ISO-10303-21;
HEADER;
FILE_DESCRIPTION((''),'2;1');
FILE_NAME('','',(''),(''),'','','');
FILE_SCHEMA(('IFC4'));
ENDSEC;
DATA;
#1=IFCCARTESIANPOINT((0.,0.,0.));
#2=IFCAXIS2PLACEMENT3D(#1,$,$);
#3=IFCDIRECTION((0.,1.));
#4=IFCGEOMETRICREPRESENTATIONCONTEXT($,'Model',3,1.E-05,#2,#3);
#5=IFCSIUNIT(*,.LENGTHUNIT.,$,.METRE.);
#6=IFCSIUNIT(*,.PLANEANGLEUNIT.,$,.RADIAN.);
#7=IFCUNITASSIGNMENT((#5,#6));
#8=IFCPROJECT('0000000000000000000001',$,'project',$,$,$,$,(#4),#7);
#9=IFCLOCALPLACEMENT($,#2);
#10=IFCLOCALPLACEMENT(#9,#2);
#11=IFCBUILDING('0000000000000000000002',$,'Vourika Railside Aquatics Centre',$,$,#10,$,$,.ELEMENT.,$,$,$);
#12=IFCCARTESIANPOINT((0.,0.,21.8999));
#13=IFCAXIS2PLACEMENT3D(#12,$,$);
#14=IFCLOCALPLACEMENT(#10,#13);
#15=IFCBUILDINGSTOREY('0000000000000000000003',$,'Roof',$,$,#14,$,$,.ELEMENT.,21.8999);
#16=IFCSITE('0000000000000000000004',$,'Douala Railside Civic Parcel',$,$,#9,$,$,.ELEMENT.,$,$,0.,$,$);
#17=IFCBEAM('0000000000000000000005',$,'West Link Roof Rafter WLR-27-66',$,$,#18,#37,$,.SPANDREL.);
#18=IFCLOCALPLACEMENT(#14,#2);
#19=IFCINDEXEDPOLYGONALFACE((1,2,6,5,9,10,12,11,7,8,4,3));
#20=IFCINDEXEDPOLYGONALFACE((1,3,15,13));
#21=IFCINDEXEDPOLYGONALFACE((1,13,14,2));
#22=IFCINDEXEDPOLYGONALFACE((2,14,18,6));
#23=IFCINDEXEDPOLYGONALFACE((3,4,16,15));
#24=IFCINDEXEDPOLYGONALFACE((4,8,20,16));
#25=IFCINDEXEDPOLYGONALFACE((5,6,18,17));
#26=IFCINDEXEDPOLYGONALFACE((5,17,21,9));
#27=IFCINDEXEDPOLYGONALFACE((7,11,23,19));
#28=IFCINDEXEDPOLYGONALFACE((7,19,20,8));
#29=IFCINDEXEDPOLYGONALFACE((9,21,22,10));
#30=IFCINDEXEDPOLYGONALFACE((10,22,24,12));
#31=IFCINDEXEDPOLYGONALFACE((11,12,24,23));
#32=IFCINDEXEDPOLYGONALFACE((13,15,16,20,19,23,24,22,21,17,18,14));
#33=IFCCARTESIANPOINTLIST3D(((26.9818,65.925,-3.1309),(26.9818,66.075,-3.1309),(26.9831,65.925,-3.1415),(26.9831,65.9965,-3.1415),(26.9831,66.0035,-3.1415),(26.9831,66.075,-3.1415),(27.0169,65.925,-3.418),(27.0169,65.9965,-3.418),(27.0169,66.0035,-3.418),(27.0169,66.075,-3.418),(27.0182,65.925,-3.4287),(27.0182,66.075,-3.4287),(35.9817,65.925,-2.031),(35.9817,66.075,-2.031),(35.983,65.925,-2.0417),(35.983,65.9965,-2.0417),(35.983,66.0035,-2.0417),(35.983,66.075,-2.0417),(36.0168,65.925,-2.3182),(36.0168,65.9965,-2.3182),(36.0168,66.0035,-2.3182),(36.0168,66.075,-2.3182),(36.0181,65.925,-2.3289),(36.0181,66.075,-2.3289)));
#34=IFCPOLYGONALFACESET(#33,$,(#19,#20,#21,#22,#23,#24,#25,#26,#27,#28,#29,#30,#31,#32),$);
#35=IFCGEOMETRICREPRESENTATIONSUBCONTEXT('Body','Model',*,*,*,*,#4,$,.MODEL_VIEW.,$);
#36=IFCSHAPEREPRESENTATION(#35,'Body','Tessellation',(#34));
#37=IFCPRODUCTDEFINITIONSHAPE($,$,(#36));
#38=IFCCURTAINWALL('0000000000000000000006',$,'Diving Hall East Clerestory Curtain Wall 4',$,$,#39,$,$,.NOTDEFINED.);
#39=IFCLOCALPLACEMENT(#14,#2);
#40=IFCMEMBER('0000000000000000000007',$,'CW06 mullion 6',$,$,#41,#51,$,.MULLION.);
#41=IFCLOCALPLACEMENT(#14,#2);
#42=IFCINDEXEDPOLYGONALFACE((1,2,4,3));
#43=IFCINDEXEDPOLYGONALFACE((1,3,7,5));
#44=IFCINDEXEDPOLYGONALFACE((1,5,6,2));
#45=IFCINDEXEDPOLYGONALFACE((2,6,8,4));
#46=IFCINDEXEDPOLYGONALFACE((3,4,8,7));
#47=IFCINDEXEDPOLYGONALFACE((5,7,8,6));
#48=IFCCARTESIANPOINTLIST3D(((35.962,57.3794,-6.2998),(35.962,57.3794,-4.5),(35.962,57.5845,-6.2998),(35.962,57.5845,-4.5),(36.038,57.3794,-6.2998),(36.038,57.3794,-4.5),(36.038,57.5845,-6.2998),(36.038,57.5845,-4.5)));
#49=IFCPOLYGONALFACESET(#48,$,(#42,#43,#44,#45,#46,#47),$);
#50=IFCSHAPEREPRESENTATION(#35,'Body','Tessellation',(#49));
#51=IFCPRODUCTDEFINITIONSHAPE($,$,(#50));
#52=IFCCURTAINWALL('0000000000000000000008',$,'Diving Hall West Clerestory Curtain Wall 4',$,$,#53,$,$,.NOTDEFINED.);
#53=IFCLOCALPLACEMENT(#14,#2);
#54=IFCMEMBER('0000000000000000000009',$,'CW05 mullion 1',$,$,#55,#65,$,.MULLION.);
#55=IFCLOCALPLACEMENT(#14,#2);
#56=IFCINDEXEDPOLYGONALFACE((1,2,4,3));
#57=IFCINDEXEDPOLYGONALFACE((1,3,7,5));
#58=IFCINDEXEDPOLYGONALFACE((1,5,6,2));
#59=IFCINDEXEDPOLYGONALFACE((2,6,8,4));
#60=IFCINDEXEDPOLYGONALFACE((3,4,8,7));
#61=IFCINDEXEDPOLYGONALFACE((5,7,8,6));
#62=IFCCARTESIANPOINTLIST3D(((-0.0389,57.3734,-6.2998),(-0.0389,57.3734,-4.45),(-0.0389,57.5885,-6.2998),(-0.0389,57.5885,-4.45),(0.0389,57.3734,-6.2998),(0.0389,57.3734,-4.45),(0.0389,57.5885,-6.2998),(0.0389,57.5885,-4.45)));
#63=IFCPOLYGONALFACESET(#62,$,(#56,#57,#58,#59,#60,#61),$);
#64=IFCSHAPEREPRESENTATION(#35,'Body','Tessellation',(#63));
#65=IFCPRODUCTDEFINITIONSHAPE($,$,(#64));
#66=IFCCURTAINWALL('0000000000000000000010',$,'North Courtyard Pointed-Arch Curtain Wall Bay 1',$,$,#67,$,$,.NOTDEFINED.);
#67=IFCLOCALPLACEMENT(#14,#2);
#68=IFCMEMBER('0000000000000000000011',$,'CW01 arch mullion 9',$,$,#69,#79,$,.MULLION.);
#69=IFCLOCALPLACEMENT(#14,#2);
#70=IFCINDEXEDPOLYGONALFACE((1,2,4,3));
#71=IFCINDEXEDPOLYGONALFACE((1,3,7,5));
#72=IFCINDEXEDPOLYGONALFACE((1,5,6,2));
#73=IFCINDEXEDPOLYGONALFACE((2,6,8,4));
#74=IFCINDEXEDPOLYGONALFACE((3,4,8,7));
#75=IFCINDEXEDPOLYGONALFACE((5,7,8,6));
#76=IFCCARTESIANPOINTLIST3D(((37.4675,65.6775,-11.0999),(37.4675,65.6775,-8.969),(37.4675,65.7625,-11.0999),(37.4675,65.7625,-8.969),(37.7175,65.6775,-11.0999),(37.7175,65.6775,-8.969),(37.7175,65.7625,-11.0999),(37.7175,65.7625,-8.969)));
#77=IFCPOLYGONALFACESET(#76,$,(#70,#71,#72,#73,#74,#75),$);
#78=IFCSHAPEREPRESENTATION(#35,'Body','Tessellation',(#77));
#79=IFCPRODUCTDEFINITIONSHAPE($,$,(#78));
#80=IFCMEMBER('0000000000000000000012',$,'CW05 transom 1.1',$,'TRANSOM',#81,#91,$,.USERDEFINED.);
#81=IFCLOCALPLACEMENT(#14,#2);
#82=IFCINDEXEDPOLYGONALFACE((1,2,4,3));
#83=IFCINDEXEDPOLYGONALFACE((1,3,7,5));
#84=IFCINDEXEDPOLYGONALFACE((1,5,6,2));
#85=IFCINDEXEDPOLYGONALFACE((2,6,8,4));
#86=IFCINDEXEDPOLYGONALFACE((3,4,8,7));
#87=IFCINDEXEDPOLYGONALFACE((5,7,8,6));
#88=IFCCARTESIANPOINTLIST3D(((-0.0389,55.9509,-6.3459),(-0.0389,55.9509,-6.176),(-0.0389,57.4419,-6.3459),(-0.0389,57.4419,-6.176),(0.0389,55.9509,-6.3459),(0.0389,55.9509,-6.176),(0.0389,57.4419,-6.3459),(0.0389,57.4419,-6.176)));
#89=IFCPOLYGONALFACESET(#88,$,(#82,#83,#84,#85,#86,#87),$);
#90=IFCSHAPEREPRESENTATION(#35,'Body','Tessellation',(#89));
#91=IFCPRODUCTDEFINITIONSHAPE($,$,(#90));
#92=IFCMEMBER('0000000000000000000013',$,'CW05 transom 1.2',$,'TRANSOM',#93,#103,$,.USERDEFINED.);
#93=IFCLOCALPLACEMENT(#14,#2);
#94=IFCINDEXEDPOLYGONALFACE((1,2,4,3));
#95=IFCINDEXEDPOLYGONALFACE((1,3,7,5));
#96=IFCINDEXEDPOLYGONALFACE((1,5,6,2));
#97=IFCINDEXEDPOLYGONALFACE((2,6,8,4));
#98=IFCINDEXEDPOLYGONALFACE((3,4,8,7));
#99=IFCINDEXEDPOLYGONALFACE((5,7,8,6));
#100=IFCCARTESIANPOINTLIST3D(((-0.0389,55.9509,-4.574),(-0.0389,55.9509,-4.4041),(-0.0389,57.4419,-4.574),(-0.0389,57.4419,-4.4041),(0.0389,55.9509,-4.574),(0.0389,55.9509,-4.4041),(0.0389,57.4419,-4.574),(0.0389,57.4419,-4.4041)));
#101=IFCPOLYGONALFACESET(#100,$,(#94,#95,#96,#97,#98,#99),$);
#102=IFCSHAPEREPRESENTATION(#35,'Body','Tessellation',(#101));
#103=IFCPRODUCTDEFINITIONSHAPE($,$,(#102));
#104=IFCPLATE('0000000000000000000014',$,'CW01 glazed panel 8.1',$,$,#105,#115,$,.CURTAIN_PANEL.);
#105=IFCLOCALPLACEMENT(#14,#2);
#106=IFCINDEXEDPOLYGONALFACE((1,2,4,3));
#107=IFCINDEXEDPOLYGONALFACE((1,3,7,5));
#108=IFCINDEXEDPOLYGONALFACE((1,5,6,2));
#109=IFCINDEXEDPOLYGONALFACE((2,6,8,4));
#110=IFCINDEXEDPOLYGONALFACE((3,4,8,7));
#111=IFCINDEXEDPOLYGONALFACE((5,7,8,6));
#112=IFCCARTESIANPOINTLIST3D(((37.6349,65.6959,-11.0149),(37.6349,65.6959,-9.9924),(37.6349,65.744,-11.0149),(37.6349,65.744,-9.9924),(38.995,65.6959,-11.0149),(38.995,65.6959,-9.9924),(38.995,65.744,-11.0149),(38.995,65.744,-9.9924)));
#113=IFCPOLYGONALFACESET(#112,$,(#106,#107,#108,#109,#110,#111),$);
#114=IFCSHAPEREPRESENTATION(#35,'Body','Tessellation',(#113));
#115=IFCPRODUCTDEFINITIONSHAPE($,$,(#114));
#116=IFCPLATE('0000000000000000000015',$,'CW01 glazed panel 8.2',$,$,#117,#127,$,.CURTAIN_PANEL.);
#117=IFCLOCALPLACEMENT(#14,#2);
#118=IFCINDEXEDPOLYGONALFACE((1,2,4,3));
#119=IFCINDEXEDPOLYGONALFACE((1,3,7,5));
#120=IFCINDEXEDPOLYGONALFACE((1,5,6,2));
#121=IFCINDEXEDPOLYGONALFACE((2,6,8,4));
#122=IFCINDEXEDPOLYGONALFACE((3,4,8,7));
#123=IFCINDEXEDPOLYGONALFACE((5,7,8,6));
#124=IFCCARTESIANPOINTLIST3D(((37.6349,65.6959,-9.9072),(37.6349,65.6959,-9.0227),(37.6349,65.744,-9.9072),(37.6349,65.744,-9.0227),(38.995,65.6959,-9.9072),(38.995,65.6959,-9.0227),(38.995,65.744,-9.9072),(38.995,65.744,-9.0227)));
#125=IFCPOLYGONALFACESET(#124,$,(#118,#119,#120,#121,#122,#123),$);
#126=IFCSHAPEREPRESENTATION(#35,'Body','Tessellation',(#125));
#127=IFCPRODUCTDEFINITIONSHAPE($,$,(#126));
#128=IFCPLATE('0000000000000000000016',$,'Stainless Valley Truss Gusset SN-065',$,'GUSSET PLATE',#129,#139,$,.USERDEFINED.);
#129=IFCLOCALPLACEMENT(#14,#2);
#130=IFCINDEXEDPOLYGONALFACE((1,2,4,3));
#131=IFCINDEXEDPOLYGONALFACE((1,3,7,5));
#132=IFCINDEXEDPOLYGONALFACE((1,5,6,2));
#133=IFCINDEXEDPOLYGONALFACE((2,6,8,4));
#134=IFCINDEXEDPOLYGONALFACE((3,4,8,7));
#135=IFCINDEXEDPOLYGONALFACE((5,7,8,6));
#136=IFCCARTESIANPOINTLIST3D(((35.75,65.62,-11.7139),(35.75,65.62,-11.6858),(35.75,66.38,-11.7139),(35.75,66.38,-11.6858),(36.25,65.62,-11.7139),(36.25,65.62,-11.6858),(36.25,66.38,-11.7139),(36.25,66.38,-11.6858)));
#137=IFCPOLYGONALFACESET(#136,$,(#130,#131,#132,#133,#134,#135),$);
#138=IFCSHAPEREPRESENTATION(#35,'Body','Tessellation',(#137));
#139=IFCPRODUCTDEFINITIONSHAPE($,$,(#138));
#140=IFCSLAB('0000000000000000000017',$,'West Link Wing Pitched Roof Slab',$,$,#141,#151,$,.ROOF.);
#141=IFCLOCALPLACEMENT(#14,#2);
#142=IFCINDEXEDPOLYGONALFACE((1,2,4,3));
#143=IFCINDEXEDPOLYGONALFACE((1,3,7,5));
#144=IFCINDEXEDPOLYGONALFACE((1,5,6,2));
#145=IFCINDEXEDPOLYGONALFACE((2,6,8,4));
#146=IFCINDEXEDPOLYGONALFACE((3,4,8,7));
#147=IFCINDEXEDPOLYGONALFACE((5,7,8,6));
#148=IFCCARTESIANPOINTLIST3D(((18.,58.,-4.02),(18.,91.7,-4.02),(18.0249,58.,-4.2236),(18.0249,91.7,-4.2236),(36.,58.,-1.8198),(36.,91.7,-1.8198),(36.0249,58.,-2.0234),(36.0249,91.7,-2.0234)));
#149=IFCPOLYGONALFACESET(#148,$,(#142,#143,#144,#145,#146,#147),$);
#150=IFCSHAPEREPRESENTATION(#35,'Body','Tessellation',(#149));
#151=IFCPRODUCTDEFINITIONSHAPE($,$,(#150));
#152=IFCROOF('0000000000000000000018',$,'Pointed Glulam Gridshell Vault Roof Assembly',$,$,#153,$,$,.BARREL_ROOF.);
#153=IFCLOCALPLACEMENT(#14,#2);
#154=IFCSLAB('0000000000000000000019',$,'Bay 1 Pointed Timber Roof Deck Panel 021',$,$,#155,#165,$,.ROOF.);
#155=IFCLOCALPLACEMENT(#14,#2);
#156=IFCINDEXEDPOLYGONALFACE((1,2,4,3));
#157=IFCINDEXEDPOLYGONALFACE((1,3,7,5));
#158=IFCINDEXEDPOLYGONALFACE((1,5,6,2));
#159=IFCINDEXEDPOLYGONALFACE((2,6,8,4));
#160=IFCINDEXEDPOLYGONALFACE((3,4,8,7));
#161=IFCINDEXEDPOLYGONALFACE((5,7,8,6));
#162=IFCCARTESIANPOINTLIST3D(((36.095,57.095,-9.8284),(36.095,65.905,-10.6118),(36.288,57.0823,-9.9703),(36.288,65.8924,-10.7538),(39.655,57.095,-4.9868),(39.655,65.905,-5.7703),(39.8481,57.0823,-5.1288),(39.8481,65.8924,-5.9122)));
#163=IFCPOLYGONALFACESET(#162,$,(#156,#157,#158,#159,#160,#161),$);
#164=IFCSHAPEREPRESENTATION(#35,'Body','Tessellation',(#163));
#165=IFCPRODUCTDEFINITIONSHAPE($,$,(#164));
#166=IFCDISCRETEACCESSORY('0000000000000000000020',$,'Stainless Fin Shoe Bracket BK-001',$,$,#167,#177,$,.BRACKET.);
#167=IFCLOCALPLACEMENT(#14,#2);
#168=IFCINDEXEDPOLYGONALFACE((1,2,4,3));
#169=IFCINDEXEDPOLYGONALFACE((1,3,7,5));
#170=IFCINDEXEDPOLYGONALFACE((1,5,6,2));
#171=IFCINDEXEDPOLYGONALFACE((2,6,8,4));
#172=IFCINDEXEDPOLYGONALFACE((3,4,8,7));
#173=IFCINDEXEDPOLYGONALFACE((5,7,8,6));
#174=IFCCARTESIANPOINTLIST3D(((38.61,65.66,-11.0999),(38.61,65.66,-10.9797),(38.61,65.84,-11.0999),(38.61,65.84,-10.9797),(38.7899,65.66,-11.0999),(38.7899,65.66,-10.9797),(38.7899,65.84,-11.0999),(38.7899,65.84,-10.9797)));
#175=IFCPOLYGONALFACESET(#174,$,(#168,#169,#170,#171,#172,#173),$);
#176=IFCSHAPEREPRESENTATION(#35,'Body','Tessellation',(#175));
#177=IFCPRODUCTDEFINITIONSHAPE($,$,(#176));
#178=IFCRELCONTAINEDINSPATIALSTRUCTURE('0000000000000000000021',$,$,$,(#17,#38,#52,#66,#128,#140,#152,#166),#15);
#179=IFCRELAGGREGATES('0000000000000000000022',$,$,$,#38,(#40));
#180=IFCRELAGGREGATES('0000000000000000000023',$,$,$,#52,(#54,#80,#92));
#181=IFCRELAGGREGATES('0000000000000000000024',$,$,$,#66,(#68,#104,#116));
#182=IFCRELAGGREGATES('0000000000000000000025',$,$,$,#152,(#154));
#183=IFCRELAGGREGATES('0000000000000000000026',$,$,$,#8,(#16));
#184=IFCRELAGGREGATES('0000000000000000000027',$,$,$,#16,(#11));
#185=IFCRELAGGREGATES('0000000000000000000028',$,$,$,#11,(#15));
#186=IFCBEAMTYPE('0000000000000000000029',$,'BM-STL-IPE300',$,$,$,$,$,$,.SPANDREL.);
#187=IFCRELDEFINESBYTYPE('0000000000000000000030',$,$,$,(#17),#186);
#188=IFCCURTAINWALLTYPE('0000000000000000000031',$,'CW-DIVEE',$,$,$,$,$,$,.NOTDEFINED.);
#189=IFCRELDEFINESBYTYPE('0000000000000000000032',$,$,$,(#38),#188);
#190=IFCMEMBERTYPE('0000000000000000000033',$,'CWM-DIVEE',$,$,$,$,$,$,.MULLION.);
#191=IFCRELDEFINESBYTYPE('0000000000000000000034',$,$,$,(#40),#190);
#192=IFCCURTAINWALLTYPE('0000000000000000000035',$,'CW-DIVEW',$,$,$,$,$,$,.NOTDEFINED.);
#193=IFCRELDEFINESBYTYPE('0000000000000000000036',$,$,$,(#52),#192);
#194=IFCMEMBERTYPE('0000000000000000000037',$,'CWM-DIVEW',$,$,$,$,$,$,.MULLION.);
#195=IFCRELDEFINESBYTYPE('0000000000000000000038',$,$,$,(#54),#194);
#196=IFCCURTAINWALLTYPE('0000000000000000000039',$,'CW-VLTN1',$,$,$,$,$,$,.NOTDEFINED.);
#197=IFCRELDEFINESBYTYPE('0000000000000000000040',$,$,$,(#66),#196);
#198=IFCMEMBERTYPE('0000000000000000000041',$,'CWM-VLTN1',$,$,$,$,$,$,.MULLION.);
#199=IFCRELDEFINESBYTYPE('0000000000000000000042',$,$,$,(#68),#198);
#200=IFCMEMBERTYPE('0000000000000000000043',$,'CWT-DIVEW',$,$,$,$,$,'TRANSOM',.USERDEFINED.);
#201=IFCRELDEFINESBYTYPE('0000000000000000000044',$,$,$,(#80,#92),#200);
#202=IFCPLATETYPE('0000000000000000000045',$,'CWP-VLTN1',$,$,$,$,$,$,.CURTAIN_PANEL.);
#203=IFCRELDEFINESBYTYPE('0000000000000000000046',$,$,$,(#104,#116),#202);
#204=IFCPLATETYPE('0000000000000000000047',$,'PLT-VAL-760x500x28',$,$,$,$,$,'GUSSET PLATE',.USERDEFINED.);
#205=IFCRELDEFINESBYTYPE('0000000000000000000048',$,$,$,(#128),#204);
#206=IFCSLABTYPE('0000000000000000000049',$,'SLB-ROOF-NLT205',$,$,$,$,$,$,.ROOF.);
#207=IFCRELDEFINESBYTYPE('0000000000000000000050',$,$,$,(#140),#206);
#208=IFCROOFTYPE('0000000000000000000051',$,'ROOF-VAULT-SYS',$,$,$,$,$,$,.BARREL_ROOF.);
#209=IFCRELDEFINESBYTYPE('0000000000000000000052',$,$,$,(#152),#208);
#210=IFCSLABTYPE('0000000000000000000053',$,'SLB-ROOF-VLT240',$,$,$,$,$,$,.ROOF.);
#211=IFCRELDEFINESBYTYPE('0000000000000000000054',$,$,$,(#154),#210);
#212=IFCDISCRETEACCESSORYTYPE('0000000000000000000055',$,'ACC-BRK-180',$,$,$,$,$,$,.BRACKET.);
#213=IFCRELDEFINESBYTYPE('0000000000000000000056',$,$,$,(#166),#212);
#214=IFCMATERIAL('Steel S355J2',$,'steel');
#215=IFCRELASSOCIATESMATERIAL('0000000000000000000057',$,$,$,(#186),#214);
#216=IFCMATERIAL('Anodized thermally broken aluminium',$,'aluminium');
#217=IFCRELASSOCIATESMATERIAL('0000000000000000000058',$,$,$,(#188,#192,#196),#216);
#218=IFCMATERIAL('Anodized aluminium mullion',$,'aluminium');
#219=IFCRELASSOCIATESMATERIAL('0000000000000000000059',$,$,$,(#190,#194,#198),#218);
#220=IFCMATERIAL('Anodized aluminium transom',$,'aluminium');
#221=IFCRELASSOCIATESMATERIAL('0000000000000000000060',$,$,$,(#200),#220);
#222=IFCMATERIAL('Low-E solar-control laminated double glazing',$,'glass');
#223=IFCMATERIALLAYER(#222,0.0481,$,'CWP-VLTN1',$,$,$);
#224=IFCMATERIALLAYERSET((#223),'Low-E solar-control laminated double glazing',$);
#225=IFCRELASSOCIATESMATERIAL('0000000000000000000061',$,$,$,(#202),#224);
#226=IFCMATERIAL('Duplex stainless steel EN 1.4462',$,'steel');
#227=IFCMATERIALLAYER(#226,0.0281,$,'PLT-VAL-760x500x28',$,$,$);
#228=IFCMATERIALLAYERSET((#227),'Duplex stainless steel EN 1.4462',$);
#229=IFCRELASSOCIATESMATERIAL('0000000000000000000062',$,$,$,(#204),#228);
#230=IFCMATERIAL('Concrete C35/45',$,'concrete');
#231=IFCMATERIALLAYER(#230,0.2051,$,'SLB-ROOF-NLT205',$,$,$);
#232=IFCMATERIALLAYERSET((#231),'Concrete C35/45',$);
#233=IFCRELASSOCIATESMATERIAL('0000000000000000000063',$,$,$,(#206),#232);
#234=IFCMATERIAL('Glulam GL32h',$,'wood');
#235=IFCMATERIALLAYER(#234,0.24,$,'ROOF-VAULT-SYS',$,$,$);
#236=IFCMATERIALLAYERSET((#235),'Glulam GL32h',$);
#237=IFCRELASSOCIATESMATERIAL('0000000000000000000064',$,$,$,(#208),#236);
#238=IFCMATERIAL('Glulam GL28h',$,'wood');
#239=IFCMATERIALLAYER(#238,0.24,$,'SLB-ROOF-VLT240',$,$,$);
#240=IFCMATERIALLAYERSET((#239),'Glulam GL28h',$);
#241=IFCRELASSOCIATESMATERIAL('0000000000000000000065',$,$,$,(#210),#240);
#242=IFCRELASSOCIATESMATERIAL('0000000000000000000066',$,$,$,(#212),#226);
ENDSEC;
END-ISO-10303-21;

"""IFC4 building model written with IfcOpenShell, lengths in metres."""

from ifc_helpers import new_model, si_unit, direction, frame, origin, origin_2d, place, context, subcontext, project, spatial, polyline, rectangle, i_section, outline, extrude, material, layer, layer_set, material_profile, profile_set, type_object, element, aggregate, save


model = new_model("IFC4")

# Units and contexts
model_context = context("Model", 3, precision=1e-05, world=origin(), true_north=direction((0.0, 1.0)))
body_context = subcontext(model_context, "Body", "Model", "MODEL_VIEW")
ifc_project = project(units=[si_unit("LENGTHUNIT", "METRE"), si_unit("PLANEANGLEUNIT", "RADIAN")], contexts=[model_context])

# Site, building, storey
site_placement = place(None, origin())
site = spatial("IfcSite", under=ifc_project, at=site_placement, Name="Douala Railside Civic Parcel", CompositionType="ELEMENT", RefElevation=0.0)
building_placement = place(site_placement, origin())
building = spatial("IfcBuilding", under=site, at=building_placement, Name="Vourika Railside Aquatics Centre", CompositionType="ELEMENT")
storey_placement = place(building_placement, frame((0.0, 0.0, 21.8999)))
storey = spatial("IfcBuildingStorey", under=building, at=storey_placement, Name="Roof", CompositionType="ELEMENT", Elevation=21.8999)

# Shared definitions
ifc_material_1 = material(Name="Steel S355J2", Category="steel")

# Beam
ifc_material_2 = material(Name="Glulam GL32h", Category="wood")
ifc_material_profile_1 = material_profile(ifc_material_1, i_section(OverallWidth=0.1499, OverallDepth=0.3, WebThickness=0.0071, FlangeThickness=0.0107, at=origin_2d()), Name="IPE 300")
ifc_profile_set_1 = profile_set([ifc_material_profile_1], Name="Steel S355J2")
beam_type_1 = type_object("IfcBeamType", Name="BM-STL-IPE300", PredefinedType="SPANDREL", material=ifc_profile_set_1)
for number, where, z_axis, x_axis, name in (
    (1, (27.0, 66.0, -3.2798), (0.992615, 0.0, 0.121304), (0.0, 1.0, 0.0), "West Link Roof Rafter WLR-27-66"),
):
    element("IfcBeam", number, at=place(storey_placement, frame(where, z_axis=z_axis, x_axis=x_axis)), inside=storey, type_object=beam_type_1, Name=name, PredefinedType="SPANDREL", context=body_context, shape_type="SweptSolid", body=[
        extrude(i_section(OverallWidth=0.1499, OverallDepth=0.3, WebThickness=0.0071, FlangeThickness=0.0107, at=origin_2d()), origin(), (0.0, 0.0, 1.0), 9.0669),
    ])

# Curtain walls, members
ifc_material_3 = material(Name="Anodized thermally broken aluminium", Category="aluminium")
curtain_wall_type_1 = type_object("IfcCurtainWallType", Name="CW-DIVEE", PredefinedType="NOTDEFINED", material=ifc_material_3)
curtain_wall_1_placement = place(storey_placement, origin())
curtain_wall_1 = element("IfcCurtainWall", 2, at=curtain_wall_1_placement, inside=storey, type_object=curtain_wall_type_1, Name="Diving Hall East Clerestory Curtain Wall 4", PredefinedType="NOTDEFINED")
ifc_material_4 = material(Name="Anodized aluminium mullion", Category="aluminium")
ifc_material_profile_2 = material_profile(ifc_material_4, rectangle(XDim=0.0759, YDim=0.2051, at=origin_2d()), Name="ALU-M 76x205")
ifc_profile_set_2 = profile_set([ifc_material_profile_2], Name="Anodized aluminium mullion")
member_type_1 = type_object("IfcMemberType", Name="CWM-DIVEE", PredefinedType="MULLION", material=ifc_profile_set_2)
member_1_placement = place(storey_placement, frame((36.0, 57.4819, -6.2998), z_axis=(0.0, 0.0, 1.0), x_axis=(-1.0, 0.0, 0.0)))
member_1 = element("IfcMember", 3, at=member_1_placement, type_object=member_type_1, Name="CW06 mullion 6", PredefinedType="MULLION", context=body_context, shape_type="SweptSolid", body=[
    extrude(rectangle(XDim=0.0759, YDim=0.2051, at=origin_2d()), origin(), (0.0, 0.0, 1.0), 1.7998),
])
aggregate(curtain_wall_1, [member_1])
curtain_wall_type_2 = type_object("IfcCurtainWallType", Name="CW-DIVEW", PredefinedType="NOTDEFINED", material=ifc_material_3)
curtain_wall_2_placement = place(storey_placement, origin())
curtain_wall_2 = element("IfcCurtainWall", 4, at=curtain_wall_2_placement, inside=storey, type_object=curtain_wall_type_2, Name="Diving Hall West Clerestory Curtain Wall 4", PredefinedType="NOTDEFINED")
ifc_material_profile_3 = material_profile(ifc_material_4, rectangle(XDim=0.0779, YDim=0.2151, at=origin_2d()), Name="ALU-M 78x215")
ifc_profile_set_3 = profile_set([ifc_material_profile_3], Name="Anodized aluminium mullion")
member_type_2 = type_object("IfcMemberType", Name="CWM-DIVEW", PredefinedType="MULLION", material=ifc_profile_set_3)
member_2_placement = place(storey_placement, frame((0.0, 57.481, -6.2998), z_axis=(0.0, 0.0, 1.0), x_axis=(1.0, 0.0, 0.0)))
member_2 = element("IfcMember", 5, at=member_2_placement, type_object=member_type_2, Name="CW05 mullion 1", PredefinedType="MULLION", context=body_context, shape_type="SweptSolid", body=[
    extrude(rectangle(XDim=0.0779, YDim=0.2151, at=origin_2d()), origin(), (0.0, 0.0, 1.0), 1.8499),
])
curtain_wall_type_3 = type_object("IfcCurtainWallType", Name="CW-VLTN1", PredefinedType="NOTDEFINED", material=ifc_material_3)
curtain_wall_3_placement = place(storey_placement, origin())
curtain_wall_3 = element("IfcCurtainWall", 6, at=curtain_wall_3_placement, inside=storey, type_object=curtain_wall_type_3, Name="North Courtyard Pointed-Arch Curtain Wall Bay 1", PredefinedType="NOTDEFINED")
ifc_material_profile_4 = material_profile(ifc_material_4, rectangle(XDim=0.085, YDim=0.25, at=origin_2d()), Name="ALU-M 85x250")
ifc_profile_set_4 = profile_set([ifc_material_profile_4], Name="Anodized aluminium mullion")
member_type_3 = type_object("IfcMemberType", Name="CWM-VLTN1", PredefinedType="MULLION", material=ifc_profile_set_4)
member_3_placement = place(storey_placement, frame((37.5925, 65.72, -11.0999), z_axis=(0.0, 0.0, 1.0), x_axis=(0.0, -1.0, 0.0)))
member_3 = element("IfcMember", 7, at=member_3_placement, type_object=member_type_3, Name="CW01 arch mullion 9", PredefinedType="MULLION", context=body_context, shape_type="SweptSolid", body=[
    extrude(rectangle(XDim=0.085, YDim=0.25, at=origin_2d()), origin(), (0.0, 0.0, 1.0), 2.1309),
])

# Members
ifc_material_5 = material(Name="Anodized aluminium transom", Category="aluminium")
ifc_material_profile_5 = material_profile(ifc_material_5, rectangle(XDim=0.0779, YDim=0.1699, at=origin_2d()), Name="ALU-T 78x170")
ifc_profile_set_5 = profile_set([ifc_material_profile_5], Name="Anodized aluminium transom")
member_type_4 = type_object("IfcMemberType", Name="CWT-DIVEW", ElementType="TRANSOM", PredefinedType="USERDEFINED", material=ifc_profile_set_5)
member_4_placement = place(storey_placement, frame((0.0, 57.4419, -6.261), z_axis=(0.0, -1.0, 0.0), x_axis=(1.0, 0.0, 0.0)))
member_4 = element("IfcMember", 8, at=member_4_placement, type_object=member_type_4, Name="CW05 transom 1.1", ObjectType="TRANSOM", PredefinedType="USERDEFINED", context=body_context, shape_type="SweptSolid", body=[
    extrude(rectangle(XDim=0.0779, YDim=0.1699, at=origin_2d()), origin(), (0.0, 0.0, 1.0), 1.491),
])
member_5_placement = place(storey_placement, frame((0.0, 57.4419, -4.489), z_axis=(0.0, -1.0, 0.0), x_axis=(1.0, 0.0, 0.0)))
member_5 = element("IfcMember", 9, at=member_5_placement, type_object=member_type_4, Name="CW05 transom 1.2", ObjectType="TRANSOM", PredefinedType="USERDEFINED", context=body_context, shape_type="SweptSolid", body=[
    extrude(rectangle(XDim=0.0779, YDim=0.1699, at=origin_2d()), origin(), (0.0, 0.0, 1.0), 1.491),
])
aggregate(curtain_wall_2, [member_2, member_4, member_5])

# Plates
ifc_material_6 = material(Name="Low-E solar-control laminated double glazing", Category="glass")
ifc_layer_1 = layer(ifc_material_6, 0.0481, Name="CWP-VLTN1")
ifc_layer_set_1 = layer_set([ifc_layer_1], Name="Low-E solar-control laminated double glazing")
plate_type_1 = type_object("IfcPlateType", Name="CWP-VLTN1", PredefinedType="CURTAIN_PANEL", material=ifc_layer_set_1)
plate_1_placement = place(storey_placement, frame((38.3149, 65.72, -11.0149), z_axis=(0.0, 0.0, 1.0), x_axis=(-1.0, 0.0, 0.0)))
plate_1 = element("IfcPlate", 10, at=plate_1_placement, type_object=plate_type_1, Name="CW01 glazed panel 8.1", PredefinedType="CURTAIN_PANEL", context=body_context, shape_type="SweptSolid", body=[
    extrude(rectangle(XDim=1.3601, YDim=0.0481, at=origin_2d()), origin(), (0.0, 0.0, 1.0), 1.0225),
])
plate_2_placement = place(storey_placement, frame((38.3149, 65.72, -9.9072), z_axis=(0.0, 0.0, 1.0), x_axis=(-1.0, 0.0, 0.0)))
plate_2 = element("IfcPlate", 11, at=plate_2_placement, type_object=plate_type_1, Name="CW01 glazed panel 8.2", PredefinedType="CURTAIN_PANEL", context=body_context, shape_type="SweptSolid", body=[
    extrude(rectangle(XDim=1.3601, YDim=0.0481, at=origin_2d()), origin(), (0.0, 0.0, 1.0), 0.8845),
])
aggregate(curtain_wall_3, [member_3, plate_1, plate_2])
ifc_material_7 = material(Name="Duplex stainless steel EN 1.4462", Category="steel")
ifc_layer_2 = layer(ifc_material_7, 0.0281, Name="PLT-VAL-760x500x28")
ifc_layer_set_2 = layer_set([ifc_layer_2], Name="Duplex stainless steel EN 1.4462")
plate_type_2 = type_object("IfcPlateType", Name="PLT-VAL-760x500x28", ElementType="GUSSET PLATE", PredefinedType="USERDEFINED", material=ifc_layer_set_2)
plate_3_placement = place(storey_placement, frame((36.0, 66.0, -11.7139), z_axis=(0.0, 0.0, 1.0), x_axis=(0.0, 1.0, 0.0)))
element("IfcPlate", 12, at=plate_3_placement, inside=storey, type_object=plate_type_2, Name="Stainless Valley Truss Gusset SN-065", ObjectType="GUSSET PLATE", PredefinedType="USERDEFINED", context=body_context, shape_type="SweptSolid", body=[
    extrude(rectangle(XDim=0.76, YDim=0.5, at=origin_2d()), origin(), (0.0, 0.0, 1.0), 0.0281),
])

# Slab
ifc_material_8 = material(Name="Concrete C35/45", Category="concrete")
ifc_layer_3 = layer(ifc_material_8, 0.2051, Name="SLB-ROOF-NLT205")
ifc_layer_set_3 = layer_set([ifc_layer_3], Name="Concrete C35/45")
slab_type_1 = type_object("IfcSlabType", Name="SLB-ROOF-NLT205", PredefinedType="ROOF", material=ifc_layer_set_3)
slab_1_placement = place(storey_placement, frame((18.0, 58.0, -4.02), z_axis=(-0.12133, 0.0, 0.992612), x_axis=(0.992612, 0.0, 0.12133)))
element("IfcSlab", 13, at=slab_1_placement, inside=storey, type_object=slab_type_1, Name="West Link Wing Pitched Roof Slab", PredefinedType="ROOF", context=body_context, shape_type="SweptSolid", body=[
    extrude(outline(polyline([(0.0, 0.0), (18.134, 0.0), (18.134, 33.7), (0.0, 33.7), (0.0, 0.0)])), origin(), (0.0, 0.0, -1.0), 0.2051),
])

# Roof, slab
ifc_layer_4 = layer(ifc_material_2, 0.24, Name="ROOF-VAULT-SYS")
ifc_layer_set_4 = layer_set([ifc_layer_4], Name="Glulam GL32h")
roof_type = type_object("IfcRoofType", Name="ROOF-VAULT-SYS", PredefinedType="BARREL_ROOF", material=ifc_layer_set_4)
roof_placement = place(storey_placement, origin())
roof = element("IfcRoof", 14, at=roof_placement, inside=storey, type_object=roof_type, Name="Pointed Glulam Gridshell Vault Roof Assembly", PredefinedType="BARREL_ROOF")
ifc_material_9 = material(Name="Glulam GL28h", Category="wood")
ifc_layer_5 = layer(ifc_material_9, 0.24, Name="SLB-ROOF-VLT240")
ifc_layer_set_5 = layer_set([ifc_layer_5], Name="Glulam GL28h")
slab_type_2 = type_object("IfcSlabType", Name="SLB-ROOF-VLT240", PredefinedType="ROOF", material=ifc_layer_set_5)
slab_2_placement = place(storey_placement, frame((36.095, 57.095, -9.8284), z_axis=(-0.804528, 0.052607, 0.59158), x_axis=(0.592401, 0.0, 0.805644)))
slab_2 = element("IfcSlab", 15, at=slab_2_placement, type_object=slab_type_2, Name="Bay 1 Pointed Timber Roof Deck Panel 021", PredefinedType="ROOF", context=body_context, shape_type="SweptSolid", body=[
    extrude(outline(polyline([(0.0, 0.0), (6.0095, 0.0), (5.3784, 8.8223), (-0.6312, 8.8223), (0.0, 0.0)])), origin(), (0.0, 0.0, -1.0), 0.24),
])
aggregate(roof, [slab_2])

# Discrete accessory
discrete_accessory_type = type_object("IfcDiscreteAccessoryType", Name="ACC-BRK-180", PredefinedType="BRACKET", material=ifc_material_7)
discrete_accessory_placement = place(storey_placement, frame((38.7, 65.75, -11.0999), z_axis=(0.0, 0.0, 1.0), x_axis=(0.0, 1.0, 0.0)))
element("IfcDiscreteAccessory", 16, at=discrete_accessory_placement, inside=storey, type_object=discrete_accessory_type, Name="Stainless Fin Shoe Bracket BK-001", PredefinedType="BRACKET", context=body_context, shape_type="SweptSolid", body=[
    extrude(rectangle(XDim=0.1799, YDim=0.1799, at=origin_2d()), origin(), (0.0, 0.0, 1.0), 0.1201),
])

save(model, "model.ifc")
